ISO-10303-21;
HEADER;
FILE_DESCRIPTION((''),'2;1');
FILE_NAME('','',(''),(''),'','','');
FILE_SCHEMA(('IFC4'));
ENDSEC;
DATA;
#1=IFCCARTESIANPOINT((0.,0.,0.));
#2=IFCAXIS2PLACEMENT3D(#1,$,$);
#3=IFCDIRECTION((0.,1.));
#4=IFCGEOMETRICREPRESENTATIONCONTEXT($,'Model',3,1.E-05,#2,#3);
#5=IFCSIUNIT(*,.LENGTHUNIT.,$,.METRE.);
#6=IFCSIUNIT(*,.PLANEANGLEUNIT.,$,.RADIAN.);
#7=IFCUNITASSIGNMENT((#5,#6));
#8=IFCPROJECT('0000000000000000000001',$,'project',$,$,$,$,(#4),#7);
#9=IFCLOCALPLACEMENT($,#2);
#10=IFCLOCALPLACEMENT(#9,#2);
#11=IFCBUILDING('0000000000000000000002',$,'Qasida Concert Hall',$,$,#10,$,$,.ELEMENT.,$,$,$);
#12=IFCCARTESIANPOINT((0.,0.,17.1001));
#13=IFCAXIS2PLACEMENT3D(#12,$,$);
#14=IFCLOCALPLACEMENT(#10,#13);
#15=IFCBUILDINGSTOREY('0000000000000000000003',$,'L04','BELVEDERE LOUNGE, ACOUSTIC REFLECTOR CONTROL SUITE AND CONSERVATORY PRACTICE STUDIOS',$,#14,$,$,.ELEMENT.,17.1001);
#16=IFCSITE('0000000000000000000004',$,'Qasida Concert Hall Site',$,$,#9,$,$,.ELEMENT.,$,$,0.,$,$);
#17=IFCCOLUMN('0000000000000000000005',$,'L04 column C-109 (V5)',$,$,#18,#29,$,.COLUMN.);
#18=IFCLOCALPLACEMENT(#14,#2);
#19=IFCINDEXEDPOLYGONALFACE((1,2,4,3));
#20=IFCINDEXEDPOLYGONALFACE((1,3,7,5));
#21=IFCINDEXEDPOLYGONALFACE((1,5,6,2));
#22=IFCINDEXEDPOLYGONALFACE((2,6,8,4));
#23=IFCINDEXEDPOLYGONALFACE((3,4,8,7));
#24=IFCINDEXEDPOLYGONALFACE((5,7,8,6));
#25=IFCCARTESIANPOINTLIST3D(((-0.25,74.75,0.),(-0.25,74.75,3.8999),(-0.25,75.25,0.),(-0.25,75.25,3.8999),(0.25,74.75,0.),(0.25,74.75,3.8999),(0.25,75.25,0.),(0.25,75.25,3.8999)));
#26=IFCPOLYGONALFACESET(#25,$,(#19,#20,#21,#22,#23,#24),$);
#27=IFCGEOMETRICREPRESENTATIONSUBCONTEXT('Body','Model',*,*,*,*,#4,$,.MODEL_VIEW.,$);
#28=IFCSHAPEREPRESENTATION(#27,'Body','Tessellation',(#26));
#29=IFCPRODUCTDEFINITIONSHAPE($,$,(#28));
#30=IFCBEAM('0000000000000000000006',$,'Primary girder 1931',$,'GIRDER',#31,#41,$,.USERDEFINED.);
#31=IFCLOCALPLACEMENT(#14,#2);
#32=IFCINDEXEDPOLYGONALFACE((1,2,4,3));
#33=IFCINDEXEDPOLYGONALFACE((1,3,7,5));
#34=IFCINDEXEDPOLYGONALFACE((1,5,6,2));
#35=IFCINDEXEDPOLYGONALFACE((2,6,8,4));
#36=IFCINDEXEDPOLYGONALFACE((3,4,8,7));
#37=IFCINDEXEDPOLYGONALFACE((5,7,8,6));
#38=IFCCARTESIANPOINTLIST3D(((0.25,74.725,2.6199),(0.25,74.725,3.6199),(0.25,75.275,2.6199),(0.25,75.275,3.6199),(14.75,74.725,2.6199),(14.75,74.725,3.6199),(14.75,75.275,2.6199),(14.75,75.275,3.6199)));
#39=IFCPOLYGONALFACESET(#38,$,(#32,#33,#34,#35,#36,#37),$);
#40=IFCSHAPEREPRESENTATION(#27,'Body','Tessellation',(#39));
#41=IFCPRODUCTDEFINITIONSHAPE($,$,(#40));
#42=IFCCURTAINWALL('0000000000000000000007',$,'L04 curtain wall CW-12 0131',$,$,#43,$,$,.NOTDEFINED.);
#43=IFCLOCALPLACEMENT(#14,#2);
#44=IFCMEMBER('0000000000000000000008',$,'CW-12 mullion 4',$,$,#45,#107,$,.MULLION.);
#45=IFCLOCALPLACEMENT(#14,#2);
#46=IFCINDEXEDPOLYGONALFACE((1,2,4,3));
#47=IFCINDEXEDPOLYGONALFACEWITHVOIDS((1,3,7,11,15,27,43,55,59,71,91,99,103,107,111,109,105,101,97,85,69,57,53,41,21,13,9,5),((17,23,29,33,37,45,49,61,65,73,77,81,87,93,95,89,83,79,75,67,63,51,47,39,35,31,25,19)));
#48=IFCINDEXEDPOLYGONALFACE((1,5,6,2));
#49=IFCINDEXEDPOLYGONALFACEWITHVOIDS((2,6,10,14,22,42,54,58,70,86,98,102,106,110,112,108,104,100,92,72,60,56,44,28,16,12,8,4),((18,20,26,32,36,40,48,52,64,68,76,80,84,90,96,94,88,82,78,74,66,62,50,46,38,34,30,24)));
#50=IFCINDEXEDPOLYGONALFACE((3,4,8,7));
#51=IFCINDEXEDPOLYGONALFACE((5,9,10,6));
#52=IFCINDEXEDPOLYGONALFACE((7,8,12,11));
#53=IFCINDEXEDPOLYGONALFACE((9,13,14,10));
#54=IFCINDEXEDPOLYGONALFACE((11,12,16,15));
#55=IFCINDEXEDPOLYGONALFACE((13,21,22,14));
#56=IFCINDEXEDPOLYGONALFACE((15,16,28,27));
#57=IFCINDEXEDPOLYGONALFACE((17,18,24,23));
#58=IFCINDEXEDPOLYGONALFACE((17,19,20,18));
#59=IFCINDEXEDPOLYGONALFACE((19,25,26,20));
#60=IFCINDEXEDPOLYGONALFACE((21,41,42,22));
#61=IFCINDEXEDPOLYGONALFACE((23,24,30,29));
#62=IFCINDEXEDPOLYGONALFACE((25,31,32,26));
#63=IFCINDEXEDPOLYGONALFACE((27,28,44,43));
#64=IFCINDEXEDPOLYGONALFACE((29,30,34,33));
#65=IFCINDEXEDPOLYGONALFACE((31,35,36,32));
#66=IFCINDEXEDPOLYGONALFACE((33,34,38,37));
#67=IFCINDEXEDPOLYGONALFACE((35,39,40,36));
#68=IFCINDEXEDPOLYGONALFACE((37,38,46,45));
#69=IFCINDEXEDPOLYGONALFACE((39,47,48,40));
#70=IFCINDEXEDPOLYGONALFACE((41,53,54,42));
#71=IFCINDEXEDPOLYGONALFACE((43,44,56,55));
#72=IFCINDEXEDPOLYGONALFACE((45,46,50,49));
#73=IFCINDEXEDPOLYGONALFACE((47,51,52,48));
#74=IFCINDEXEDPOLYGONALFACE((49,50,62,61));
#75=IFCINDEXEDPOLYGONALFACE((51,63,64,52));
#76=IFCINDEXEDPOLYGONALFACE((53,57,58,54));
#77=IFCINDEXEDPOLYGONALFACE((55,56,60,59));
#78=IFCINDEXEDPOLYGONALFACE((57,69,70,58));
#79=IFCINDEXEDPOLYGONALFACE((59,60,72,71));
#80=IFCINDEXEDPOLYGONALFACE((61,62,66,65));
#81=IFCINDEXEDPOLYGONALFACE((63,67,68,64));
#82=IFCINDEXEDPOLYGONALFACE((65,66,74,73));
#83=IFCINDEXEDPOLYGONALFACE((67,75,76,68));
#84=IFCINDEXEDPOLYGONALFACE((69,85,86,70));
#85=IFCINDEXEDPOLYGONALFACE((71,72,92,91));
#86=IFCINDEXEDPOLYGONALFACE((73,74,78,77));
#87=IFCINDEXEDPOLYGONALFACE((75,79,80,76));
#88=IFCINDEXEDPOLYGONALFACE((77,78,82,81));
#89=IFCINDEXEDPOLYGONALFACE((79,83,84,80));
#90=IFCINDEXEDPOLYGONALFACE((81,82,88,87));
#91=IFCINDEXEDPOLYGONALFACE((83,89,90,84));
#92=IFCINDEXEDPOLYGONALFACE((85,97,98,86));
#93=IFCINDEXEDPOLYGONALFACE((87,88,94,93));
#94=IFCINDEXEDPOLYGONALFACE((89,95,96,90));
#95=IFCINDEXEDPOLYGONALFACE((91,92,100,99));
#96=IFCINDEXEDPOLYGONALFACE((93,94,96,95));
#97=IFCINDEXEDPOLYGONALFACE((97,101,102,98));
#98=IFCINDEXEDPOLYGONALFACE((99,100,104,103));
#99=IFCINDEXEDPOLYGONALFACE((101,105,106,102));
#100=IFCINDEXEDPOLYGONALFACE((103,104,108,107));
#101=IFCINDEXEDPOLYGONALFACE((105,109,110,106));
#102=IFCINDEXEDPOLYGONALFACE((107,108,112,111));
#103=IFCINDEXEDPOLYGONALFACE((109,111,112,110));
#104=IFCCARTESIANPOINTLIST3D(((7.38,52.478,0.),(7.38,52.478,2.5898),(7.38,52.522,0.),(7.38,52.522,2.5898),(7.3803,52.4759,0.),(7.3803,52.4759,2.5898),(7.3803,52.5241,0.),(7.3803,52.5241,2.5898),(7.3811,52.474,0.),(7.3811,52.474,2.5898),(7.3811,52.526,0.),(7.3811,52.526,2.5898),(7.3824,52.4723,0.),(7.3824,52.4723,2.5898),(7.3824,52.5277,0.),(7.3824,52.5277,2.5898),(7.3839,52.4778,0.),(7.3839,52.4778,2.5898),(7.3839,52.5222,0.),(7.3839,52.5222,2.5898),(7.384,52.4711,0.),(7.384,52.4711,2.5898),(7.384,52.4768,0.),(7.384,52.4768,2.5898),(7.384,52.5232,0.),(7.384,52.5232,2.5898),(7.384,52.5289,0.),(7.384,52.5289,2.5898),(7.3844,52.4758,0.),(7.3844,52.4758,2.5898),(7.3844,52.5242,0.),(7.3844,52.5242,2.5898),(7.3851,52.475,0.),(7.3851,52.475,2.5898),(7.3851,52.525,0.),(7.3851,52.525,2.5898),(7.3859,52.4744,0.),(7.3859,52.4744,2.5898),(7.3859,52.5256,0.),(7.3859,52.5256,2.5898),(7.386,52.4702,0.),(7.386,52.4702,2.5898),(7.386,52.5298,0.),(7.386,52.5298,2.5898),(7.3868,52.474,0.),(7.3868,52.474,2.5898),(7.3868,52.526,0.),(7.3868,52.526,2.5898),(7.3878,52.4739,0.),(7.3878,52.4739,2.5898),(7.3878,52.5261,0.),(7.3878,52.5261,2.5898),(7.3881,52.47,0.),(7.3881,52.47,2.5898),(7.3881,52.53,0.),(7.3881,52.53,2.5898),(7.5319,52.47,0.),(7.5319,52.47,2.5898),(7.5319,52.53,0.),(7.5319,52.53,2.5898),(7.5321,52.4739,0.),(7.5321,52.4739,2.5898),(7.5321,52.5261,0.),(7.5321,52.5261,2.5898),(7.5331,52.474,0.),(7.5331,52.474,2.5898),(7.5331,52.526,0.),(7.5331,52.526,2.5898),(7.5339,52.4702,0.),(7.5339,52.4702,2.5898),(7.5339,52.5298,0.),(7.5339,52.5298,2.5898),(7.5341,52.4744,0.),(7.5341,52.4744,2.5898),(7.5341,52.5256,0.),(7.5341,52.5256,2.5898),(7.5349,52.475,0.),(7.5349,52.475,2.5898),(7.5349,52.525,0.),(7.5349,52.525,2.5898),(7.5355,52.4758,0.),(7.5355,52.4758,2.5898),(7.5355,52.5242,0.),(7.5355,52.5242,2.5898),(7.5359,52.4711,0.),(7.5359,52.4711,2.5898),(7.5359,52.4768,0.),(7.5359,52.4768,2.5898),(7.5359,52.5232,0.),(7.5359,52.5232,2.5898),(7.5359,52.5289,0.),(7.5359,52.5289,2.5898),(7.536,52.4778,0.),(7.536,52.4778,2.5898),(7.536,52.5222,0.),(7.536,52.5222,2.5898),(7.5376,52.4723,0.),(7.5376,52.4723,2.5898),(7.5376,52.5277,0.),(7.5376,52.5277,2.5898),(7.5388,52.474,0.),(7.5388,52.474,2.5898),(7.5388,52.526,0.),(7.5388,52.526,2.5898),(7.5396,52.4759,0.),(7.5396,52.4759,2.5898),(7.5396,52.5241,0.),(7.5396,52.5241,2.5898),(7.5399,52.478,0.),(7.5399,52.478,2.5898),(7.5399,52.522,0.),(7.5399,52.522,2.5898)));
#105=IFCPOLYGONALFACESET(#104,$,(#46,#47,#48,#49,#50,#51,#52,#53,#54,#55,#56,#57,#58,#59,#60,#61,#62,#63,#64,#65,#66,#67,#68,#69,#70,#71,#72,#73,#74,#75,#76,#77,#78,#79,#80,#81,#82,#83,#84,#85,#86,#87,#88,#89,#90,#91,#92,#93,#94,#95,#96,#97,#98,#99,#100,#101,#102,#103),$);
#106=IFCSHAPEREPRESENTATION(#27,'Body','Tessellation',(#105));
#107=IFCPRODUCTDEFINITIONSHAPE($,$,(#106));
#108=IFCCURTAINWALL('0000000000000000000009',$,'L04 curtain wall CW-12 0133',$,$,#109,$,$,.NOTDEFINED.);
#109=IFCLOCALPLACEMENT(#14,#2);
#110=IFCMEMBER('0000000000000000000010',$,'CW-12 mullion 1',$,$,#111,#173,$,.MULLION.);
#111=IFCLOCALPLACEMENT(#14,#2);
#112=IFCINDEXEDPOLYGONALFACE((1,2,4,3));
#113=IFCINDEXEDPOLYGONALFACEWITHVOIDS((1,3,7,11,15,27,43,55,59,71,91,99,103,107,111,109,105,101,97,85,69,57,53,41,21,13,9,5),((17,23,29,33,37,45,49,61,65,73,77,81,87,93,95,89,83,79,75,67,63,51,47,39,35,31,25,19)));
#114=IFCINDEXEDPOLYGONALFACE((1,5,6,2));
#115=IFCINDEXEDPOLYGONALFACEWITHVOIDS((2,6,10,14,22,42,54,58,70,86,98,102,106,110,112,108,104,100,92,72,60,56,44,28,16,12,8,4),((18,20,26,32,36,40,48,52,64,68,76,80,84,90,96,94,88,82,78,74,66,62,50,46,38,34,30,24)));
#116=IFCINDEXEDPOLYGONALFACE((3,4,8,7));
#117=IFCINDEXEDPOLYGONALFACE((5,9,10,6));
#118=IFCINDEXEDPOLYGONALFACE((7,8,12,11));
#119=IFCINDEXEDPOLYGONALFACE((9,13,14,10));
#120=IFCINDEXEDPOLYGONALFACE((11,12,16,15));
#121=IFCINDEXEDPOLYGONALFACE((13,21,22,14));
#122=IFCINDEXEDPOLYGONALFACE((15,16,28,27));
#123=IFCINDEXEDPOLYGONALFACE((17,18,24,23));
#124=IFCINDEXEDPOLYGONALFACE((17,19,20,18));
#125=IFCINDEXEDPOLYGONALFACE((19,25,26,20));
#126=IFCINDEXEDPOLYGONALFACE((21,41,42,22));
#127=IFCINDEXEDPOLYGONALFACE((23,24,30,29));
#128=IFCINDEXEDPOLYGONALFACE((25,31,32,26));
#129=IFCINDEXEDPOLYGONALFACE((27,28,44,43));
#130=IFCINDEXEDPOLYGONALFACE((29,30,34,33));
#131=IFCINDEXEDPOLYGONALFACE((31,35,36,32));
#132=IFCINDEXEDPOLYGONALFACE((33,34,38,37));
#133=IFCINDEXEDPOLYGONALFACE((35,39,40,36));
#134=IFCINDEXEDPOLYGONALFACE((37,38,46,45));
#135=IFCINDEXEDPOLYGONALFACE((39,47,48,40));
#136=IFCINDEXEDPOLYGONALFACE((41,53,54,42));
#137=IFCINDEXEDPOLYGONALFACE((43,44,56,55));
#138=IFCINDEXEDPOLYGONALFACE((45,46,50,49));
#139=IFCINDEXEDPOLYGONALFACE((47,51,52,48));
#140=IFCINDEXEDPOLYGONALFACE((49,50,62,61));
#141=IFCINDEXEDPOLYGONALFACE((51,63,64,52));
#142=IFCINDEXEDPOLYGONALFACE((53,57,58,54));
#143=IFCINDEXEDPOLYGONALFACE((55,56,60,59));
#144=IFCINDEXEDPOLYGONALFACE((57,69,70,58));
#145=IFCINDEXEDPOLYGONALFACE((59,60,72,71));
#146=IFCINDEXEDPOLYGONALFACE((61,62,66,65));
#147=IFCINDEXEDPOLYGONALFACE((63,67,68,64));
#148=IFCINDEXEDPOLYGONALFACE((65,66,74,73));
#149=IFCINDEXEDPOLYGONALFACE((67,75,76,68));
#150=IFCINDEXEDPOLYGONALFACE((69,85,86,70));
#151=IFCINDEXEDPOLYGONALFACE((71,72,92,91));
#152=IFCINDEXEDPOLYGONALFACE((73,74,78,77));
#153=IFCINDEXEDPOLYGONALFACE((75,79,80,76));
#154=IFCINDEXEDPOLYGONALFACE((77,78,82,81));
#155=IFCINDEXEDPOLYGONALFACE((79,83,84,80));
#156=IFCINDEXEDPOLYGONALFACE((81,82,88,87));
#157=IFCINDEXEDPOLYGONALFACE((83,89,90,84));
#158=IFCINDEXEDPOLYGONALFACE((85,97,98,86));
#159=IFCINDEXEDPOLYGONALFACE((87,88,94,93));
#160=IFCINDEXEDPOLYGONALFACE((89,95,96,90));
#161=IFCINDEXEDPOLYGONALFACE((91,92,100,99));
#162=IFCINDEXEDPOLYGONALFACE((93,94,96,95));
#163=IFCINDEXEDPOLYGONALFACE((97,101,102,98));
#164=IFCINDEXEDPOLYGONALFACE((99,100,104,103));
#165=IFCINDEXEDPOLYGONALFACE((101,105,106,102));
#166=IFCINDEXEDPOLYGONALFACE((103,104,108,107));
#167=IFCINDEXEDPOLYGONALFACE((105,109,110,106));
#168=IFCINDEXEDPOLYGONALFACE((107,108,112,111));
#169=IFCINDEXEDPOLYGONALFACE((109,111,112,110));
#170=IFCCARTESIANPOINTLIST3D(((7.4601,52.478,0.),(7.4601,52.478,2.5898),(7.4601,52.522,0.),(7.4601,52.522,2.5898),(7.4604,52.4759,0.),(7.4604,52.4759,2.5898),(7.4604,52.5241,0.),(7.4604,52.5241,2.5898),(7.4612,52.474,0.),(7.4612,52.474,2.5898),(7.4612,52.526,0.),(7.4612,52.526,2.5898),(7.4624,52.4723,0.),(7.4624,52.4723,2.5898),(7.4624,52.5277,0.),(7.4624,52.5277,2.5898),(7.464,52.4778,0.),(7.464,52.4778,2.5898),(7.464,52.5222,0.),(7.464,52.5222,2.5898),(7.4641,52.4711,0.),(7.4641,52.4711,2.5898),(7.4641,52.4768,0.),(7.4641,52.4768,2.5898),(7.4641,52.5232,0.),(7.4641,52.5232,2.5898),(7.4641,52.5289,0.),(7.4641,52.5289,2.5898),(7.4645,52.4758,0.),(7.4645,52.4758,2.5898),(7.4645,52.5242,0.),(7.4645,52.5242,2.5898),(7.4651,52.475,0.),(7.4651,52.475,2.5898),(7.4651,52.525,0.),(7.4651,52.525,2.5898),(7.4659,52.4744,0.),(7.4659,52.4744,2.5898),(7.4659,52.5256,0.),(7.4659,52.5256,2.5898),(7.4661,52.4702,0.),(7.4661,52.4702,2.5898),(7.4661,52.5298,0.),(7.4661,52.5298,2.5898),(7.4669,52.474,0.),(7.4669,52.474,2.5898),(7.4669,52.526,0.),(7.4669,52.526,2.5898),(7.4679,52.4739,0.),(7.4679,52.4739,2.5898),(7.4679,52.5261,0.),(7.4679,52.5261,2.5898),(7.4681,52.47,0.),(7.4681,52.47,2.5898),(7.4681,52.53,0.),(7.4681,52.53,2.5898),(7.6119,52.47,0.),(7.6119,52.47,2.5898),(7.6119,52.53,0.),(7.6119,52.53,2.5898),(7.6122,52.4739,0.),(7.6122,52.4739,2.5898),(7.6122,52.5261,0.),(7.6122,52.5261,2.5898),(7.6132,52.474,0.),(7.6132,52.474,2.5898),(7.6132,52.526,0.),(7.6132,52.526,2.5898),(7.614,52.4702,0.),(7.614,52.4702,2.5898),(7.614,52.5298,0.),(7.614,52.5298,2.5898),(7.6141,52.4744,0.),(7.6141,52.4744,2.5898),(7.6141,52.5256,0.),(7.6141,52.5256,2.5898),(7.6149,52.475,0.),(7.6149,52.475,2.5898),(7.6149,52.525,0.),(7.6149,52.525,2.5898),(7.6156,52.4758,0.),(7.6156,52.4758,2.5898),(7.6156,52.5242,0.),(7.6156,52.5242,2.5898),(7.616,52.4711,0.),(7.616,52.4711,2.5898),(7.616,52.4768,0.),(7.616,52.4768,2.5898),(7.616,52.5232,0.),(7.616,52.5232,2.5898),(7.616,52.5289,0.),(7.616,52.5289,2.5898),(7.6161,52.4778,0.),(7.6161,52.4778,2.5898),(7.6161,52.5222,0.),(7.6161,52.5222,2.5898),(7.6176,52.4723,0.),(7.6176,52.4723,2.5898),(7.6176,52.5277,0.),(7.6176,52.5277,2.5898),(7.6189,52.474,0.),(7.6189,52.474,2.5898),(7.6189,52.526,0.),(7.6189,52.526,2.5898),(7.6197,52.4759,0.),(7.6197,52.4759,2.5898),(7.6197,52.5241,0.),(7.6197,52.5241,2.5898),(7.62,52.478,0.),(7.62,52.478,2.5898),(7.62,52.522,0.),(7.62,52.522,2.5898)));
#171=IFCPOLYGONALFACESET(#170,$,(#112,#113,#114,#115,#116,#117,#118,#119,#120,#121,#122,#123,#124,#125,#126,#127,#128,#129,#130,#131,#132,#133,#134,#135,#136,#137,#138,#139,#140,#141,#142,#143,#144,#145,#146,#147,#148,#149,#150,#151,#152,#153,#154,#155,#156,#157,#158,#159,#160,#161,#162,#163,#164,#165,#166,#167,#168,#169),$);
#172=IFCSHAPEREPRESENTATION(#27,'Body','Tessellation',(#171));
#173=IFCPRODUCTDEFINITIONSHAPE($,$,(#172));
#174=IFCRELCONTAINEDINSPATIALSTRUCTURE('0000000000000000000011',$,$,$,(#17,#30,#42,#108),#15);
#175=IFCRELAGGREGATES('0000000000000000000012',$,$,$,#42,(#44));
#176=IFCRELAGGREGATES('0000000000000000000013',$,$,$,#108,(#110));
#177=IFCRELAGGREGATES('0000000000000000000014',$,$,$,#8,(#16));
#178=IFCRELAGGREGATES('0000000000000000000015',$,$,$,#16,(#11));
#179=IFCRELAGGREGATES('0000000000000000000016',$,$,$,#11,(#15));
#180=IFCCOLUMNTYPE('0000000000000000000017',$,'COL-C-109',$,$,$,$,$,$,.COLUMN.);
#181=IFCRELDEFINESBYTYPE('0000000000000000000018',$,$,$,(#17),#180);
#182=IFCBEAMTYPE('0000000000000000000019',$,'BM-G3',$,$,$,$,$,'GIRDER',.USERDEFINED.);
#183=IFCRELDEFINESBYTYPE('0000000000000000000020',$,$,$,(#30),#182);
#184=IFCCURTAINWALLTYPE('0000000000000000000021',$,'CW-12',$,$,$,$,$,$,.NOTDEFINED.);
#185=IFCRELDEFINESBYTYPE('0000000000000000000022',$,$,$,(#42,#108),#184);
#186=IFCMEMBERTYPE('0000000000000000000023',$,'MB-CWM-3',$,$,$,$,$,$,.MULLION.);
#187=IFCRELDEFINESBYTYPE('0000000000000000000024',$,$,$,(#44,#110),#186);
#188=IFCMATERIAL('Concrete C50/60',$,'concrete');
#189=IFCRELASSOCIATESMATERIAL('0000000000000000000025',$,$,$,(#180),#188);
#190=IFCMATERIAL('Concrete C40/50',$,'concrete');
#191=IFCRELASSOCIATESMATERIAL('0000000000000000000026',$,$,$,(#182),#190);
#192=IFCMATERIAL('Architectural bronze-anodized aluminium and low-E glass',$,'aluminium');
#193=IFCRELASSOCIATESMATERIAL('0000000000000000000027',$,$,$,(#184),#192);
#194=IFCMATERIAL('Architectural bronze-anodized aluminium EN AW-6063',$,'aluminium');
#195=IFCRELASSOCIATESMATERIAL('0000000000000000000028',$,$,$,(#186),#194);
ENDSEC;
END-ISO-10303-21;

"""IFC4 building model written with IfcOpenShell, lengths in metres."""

from ifc_helpers import new_model, si_unit, direction, frame, origin, origin_2d, place, context, subcontext, project, spatial, rectangle, hollow_rectangle, extrude, material, material_profile, profile_set, type_object, element, aggregate, save


model = new_model("IFC4")

# Units and contexts
model_context = context("Model", 3, precision=1e-05, world=origin(), true_north=direction((0.0, 1.0)))
body_context = subcontext(model_context, "Body", "Model", "MODEL_VIEW")
ifc_project = project(units=[si_unit("LENGTHUNIT", "METRE"), si_unit("PLANEANGLEUNIT", "RADIAN")], contexts=[model_context])

# Site, building, storey
site_placement = place(None, origin())
site = spatial("IfcSite", under=ifc_project, at=site_placement, Name="Qasida Concert Hall Site", CompositionType="ELEMENT", RefElevation=0.0)
building_placement = place(site_placement, origin())
building = spatial("IfcBuilding", under=site, at=building_placement, Name="Qasida Concert Hall", CompositionType="ELEMENT")
storey_placement = place(building_placement, frame((0.0, 0.0, 17.1001)))
storey = spatial("IfcBuildingStorey", under=building, at=storey_placement, Name="L04", Description="BELVEDERE LOUNGE, ACOUSTIC REFLECTOR CONTROL SUITE AND CONSERVATORY PRACTICE STUDIOS", CompositionType="ELEMENT", Elevation=17.1001)

# Column
ifc_material_1 = material(Name="Concrete C50/60", Category="concrete")
ifc_material_profile_1 = material_profile(ifc_material_1, rectangle(XDim=0.5, YDim=0.5, at=origin_2d()), Name="RC 500x500")
ifc_profile_set_1 = profile_set([ifc_material_profile_1], Name="Concrete C50/60")
column_type = type_object("IfcColumnType", Name="COL-C-109", PredefinedType="COLUMN", material=ifc_profile_set_1)
column_placement = place(storey_placement, frame((0.0, 75.0, 0.0), z_axis=(0.0, 0.0, 1.0), x_axis=(1.0, 0.0, 0.0)))
element("IfcColumn", 1, at=column_placement, inside=storey, type_object=column_type, Name="L04 column C-109 (V5)", PredefinedType="COLUMN", context=body_context, shape_type="SweptSolid", body=[
    extrude(rectangle(XDim=0.5, YDim=0.5, at=origin_2d()), origin(), (0.0, 0.0, 1.0), 3.8999),
])

# Beam
ifc_material_2 = material(Name="Concrete C40/50", Category="concrete")
ifc_material_profile_2 = material_profile(ifc_material_2, rectangle(XDim=0.55, YDim=1.0, at=origin_2d()), Name="RC 550x1000")
ifc_profile_set_2 = profile_set([ifc_material_profile_2], Name="Concrete C40/50")
beam_type = type_object("IfcBeamType", Name="BM-G3", ElementType="GIRDER", PredefinedType="USERDEFINED", material=ifc_profile_set_2)
beam_placement = place(storey_placement, frame((0.25, 75.0, 3.1199), z_axis=(1.0, 0.0, 0.0), x_axis=(0.0, 1.0, 0.0)))
element("IfcBeam", 2, at=beam_placement, inside=storey, type_object=beam_type, Name="Primary girder 1931", ObjectType="GIRDER", PredefinedType="USERDEFINED", context=body_context, shape_type="SweptSolid", body=[
    extrude(rectangle(XDim=0.55, YDim=1.0, at=origin_2d()), origin(), (0.0, 0.0, 1.0), 14.5),
])

# Curtain wall, member
ifc_material_3 = material(Name="Architectural bronze-anodized aluminium and low-E glass", Category="aluminium")
curtain_wall_type = type_object("IfcCurtainWallType", Name="CW-12", PredefinedType="NOTDEFINED", material=ifc_material_3)
curtain_wall_1_placement = place(storey_placement, origin())
curtain_wall_1 = element("IfcCurtainWall", 3, at=curtain_wall_1_placement, inside=storey, type_object=curtain_wall_type, Name="L04 curtain wall CW-12 0131", PredefinedType="NOTDEFINED")
ifc_material_4 = material(Name="Architectural bronze-anodized aluminium EN AW-6063", Category="aluminium")
ifc_material_profile_3 = material_profile(ifc_material_4, hollow_rectangle(XDim=0.0601, YDim=0.1599, WallThickness=0.0039, InnerFilletRadius=0.0039, OuterFilletRadius=0.0081, at=origin_2d()), Name="CWM 160x60x4")
ifc_profile_set_3 = profile_set([ifc_material_profile_3], Name="Architectural bronze-anodized aluminium EN AW-6063")
member_type_1 = type_object("IfcMemberType", Name="MB-CWM-3", PredefinedType="MULLION", material=ifc_profile_set_3)
member_1_placement = place(storey_placement, frame((7.46, 52.5, 0.0), z_axis=(0.0, 0.0, 1.0), x_axis=(0.0, 1.0, 0.0)))
member_1 = element("IfcMember", 4, at=member_1_placement, type_object=member_type_1, Name="CW-12 mullion 4", PredefinedType="MULLION", context=body_context, shape_type="SweptSolid", body=[
    extrude(hollow_rectangle(XDim=0.0601, YDim=0.1599, WallThickness=0.0039, InnerFilletRadius=0.0039, OuterFilletRadius=0.0081, at=origin_2d()), origin(), (0.0, 0.0, 1.0), 2.5898),
])

# Curtain wall, member
curtain_wall_2_placement = place(storey_placement, origin())
curtain_wall_2 = element("IfcCurtainWall", 5, at=curtain_wall_2_placement, inside=storey, type_object=curtain_wall_type, Name="L04 curtain wall CW-12 0133", PredefinedType="NOTDEFINED")
member_2_placement = place(storey_placement, frame((7.54, 52.5, 0.0), z_axis=(0.0, 0.0, 1.0), x_axis=(0.0, 1.0, 0.0)))
member_2 = element("IfcMember", 6, at=member_2_placement, type_object=member_type_1, Name="CW-12 mullion 1", PredefinedType="MULLION", context=body_context, shape_type="SweptSolid", body=[
    extrude(hollow_rectangle(XDim=0.0601, YDim=0.1599, WallThickness=0.0039, InnerFilletRadius=0.0039, OuterFilletRadius=0.0081, at=origin_2d()), origin(), (0.0, 0.0, 1.0), 2.5898),
])

aggregate(curtain_wall_1, [member_1])
aggregate(curtain_wall_2, [member_2])

save(model, "model.ifc")
